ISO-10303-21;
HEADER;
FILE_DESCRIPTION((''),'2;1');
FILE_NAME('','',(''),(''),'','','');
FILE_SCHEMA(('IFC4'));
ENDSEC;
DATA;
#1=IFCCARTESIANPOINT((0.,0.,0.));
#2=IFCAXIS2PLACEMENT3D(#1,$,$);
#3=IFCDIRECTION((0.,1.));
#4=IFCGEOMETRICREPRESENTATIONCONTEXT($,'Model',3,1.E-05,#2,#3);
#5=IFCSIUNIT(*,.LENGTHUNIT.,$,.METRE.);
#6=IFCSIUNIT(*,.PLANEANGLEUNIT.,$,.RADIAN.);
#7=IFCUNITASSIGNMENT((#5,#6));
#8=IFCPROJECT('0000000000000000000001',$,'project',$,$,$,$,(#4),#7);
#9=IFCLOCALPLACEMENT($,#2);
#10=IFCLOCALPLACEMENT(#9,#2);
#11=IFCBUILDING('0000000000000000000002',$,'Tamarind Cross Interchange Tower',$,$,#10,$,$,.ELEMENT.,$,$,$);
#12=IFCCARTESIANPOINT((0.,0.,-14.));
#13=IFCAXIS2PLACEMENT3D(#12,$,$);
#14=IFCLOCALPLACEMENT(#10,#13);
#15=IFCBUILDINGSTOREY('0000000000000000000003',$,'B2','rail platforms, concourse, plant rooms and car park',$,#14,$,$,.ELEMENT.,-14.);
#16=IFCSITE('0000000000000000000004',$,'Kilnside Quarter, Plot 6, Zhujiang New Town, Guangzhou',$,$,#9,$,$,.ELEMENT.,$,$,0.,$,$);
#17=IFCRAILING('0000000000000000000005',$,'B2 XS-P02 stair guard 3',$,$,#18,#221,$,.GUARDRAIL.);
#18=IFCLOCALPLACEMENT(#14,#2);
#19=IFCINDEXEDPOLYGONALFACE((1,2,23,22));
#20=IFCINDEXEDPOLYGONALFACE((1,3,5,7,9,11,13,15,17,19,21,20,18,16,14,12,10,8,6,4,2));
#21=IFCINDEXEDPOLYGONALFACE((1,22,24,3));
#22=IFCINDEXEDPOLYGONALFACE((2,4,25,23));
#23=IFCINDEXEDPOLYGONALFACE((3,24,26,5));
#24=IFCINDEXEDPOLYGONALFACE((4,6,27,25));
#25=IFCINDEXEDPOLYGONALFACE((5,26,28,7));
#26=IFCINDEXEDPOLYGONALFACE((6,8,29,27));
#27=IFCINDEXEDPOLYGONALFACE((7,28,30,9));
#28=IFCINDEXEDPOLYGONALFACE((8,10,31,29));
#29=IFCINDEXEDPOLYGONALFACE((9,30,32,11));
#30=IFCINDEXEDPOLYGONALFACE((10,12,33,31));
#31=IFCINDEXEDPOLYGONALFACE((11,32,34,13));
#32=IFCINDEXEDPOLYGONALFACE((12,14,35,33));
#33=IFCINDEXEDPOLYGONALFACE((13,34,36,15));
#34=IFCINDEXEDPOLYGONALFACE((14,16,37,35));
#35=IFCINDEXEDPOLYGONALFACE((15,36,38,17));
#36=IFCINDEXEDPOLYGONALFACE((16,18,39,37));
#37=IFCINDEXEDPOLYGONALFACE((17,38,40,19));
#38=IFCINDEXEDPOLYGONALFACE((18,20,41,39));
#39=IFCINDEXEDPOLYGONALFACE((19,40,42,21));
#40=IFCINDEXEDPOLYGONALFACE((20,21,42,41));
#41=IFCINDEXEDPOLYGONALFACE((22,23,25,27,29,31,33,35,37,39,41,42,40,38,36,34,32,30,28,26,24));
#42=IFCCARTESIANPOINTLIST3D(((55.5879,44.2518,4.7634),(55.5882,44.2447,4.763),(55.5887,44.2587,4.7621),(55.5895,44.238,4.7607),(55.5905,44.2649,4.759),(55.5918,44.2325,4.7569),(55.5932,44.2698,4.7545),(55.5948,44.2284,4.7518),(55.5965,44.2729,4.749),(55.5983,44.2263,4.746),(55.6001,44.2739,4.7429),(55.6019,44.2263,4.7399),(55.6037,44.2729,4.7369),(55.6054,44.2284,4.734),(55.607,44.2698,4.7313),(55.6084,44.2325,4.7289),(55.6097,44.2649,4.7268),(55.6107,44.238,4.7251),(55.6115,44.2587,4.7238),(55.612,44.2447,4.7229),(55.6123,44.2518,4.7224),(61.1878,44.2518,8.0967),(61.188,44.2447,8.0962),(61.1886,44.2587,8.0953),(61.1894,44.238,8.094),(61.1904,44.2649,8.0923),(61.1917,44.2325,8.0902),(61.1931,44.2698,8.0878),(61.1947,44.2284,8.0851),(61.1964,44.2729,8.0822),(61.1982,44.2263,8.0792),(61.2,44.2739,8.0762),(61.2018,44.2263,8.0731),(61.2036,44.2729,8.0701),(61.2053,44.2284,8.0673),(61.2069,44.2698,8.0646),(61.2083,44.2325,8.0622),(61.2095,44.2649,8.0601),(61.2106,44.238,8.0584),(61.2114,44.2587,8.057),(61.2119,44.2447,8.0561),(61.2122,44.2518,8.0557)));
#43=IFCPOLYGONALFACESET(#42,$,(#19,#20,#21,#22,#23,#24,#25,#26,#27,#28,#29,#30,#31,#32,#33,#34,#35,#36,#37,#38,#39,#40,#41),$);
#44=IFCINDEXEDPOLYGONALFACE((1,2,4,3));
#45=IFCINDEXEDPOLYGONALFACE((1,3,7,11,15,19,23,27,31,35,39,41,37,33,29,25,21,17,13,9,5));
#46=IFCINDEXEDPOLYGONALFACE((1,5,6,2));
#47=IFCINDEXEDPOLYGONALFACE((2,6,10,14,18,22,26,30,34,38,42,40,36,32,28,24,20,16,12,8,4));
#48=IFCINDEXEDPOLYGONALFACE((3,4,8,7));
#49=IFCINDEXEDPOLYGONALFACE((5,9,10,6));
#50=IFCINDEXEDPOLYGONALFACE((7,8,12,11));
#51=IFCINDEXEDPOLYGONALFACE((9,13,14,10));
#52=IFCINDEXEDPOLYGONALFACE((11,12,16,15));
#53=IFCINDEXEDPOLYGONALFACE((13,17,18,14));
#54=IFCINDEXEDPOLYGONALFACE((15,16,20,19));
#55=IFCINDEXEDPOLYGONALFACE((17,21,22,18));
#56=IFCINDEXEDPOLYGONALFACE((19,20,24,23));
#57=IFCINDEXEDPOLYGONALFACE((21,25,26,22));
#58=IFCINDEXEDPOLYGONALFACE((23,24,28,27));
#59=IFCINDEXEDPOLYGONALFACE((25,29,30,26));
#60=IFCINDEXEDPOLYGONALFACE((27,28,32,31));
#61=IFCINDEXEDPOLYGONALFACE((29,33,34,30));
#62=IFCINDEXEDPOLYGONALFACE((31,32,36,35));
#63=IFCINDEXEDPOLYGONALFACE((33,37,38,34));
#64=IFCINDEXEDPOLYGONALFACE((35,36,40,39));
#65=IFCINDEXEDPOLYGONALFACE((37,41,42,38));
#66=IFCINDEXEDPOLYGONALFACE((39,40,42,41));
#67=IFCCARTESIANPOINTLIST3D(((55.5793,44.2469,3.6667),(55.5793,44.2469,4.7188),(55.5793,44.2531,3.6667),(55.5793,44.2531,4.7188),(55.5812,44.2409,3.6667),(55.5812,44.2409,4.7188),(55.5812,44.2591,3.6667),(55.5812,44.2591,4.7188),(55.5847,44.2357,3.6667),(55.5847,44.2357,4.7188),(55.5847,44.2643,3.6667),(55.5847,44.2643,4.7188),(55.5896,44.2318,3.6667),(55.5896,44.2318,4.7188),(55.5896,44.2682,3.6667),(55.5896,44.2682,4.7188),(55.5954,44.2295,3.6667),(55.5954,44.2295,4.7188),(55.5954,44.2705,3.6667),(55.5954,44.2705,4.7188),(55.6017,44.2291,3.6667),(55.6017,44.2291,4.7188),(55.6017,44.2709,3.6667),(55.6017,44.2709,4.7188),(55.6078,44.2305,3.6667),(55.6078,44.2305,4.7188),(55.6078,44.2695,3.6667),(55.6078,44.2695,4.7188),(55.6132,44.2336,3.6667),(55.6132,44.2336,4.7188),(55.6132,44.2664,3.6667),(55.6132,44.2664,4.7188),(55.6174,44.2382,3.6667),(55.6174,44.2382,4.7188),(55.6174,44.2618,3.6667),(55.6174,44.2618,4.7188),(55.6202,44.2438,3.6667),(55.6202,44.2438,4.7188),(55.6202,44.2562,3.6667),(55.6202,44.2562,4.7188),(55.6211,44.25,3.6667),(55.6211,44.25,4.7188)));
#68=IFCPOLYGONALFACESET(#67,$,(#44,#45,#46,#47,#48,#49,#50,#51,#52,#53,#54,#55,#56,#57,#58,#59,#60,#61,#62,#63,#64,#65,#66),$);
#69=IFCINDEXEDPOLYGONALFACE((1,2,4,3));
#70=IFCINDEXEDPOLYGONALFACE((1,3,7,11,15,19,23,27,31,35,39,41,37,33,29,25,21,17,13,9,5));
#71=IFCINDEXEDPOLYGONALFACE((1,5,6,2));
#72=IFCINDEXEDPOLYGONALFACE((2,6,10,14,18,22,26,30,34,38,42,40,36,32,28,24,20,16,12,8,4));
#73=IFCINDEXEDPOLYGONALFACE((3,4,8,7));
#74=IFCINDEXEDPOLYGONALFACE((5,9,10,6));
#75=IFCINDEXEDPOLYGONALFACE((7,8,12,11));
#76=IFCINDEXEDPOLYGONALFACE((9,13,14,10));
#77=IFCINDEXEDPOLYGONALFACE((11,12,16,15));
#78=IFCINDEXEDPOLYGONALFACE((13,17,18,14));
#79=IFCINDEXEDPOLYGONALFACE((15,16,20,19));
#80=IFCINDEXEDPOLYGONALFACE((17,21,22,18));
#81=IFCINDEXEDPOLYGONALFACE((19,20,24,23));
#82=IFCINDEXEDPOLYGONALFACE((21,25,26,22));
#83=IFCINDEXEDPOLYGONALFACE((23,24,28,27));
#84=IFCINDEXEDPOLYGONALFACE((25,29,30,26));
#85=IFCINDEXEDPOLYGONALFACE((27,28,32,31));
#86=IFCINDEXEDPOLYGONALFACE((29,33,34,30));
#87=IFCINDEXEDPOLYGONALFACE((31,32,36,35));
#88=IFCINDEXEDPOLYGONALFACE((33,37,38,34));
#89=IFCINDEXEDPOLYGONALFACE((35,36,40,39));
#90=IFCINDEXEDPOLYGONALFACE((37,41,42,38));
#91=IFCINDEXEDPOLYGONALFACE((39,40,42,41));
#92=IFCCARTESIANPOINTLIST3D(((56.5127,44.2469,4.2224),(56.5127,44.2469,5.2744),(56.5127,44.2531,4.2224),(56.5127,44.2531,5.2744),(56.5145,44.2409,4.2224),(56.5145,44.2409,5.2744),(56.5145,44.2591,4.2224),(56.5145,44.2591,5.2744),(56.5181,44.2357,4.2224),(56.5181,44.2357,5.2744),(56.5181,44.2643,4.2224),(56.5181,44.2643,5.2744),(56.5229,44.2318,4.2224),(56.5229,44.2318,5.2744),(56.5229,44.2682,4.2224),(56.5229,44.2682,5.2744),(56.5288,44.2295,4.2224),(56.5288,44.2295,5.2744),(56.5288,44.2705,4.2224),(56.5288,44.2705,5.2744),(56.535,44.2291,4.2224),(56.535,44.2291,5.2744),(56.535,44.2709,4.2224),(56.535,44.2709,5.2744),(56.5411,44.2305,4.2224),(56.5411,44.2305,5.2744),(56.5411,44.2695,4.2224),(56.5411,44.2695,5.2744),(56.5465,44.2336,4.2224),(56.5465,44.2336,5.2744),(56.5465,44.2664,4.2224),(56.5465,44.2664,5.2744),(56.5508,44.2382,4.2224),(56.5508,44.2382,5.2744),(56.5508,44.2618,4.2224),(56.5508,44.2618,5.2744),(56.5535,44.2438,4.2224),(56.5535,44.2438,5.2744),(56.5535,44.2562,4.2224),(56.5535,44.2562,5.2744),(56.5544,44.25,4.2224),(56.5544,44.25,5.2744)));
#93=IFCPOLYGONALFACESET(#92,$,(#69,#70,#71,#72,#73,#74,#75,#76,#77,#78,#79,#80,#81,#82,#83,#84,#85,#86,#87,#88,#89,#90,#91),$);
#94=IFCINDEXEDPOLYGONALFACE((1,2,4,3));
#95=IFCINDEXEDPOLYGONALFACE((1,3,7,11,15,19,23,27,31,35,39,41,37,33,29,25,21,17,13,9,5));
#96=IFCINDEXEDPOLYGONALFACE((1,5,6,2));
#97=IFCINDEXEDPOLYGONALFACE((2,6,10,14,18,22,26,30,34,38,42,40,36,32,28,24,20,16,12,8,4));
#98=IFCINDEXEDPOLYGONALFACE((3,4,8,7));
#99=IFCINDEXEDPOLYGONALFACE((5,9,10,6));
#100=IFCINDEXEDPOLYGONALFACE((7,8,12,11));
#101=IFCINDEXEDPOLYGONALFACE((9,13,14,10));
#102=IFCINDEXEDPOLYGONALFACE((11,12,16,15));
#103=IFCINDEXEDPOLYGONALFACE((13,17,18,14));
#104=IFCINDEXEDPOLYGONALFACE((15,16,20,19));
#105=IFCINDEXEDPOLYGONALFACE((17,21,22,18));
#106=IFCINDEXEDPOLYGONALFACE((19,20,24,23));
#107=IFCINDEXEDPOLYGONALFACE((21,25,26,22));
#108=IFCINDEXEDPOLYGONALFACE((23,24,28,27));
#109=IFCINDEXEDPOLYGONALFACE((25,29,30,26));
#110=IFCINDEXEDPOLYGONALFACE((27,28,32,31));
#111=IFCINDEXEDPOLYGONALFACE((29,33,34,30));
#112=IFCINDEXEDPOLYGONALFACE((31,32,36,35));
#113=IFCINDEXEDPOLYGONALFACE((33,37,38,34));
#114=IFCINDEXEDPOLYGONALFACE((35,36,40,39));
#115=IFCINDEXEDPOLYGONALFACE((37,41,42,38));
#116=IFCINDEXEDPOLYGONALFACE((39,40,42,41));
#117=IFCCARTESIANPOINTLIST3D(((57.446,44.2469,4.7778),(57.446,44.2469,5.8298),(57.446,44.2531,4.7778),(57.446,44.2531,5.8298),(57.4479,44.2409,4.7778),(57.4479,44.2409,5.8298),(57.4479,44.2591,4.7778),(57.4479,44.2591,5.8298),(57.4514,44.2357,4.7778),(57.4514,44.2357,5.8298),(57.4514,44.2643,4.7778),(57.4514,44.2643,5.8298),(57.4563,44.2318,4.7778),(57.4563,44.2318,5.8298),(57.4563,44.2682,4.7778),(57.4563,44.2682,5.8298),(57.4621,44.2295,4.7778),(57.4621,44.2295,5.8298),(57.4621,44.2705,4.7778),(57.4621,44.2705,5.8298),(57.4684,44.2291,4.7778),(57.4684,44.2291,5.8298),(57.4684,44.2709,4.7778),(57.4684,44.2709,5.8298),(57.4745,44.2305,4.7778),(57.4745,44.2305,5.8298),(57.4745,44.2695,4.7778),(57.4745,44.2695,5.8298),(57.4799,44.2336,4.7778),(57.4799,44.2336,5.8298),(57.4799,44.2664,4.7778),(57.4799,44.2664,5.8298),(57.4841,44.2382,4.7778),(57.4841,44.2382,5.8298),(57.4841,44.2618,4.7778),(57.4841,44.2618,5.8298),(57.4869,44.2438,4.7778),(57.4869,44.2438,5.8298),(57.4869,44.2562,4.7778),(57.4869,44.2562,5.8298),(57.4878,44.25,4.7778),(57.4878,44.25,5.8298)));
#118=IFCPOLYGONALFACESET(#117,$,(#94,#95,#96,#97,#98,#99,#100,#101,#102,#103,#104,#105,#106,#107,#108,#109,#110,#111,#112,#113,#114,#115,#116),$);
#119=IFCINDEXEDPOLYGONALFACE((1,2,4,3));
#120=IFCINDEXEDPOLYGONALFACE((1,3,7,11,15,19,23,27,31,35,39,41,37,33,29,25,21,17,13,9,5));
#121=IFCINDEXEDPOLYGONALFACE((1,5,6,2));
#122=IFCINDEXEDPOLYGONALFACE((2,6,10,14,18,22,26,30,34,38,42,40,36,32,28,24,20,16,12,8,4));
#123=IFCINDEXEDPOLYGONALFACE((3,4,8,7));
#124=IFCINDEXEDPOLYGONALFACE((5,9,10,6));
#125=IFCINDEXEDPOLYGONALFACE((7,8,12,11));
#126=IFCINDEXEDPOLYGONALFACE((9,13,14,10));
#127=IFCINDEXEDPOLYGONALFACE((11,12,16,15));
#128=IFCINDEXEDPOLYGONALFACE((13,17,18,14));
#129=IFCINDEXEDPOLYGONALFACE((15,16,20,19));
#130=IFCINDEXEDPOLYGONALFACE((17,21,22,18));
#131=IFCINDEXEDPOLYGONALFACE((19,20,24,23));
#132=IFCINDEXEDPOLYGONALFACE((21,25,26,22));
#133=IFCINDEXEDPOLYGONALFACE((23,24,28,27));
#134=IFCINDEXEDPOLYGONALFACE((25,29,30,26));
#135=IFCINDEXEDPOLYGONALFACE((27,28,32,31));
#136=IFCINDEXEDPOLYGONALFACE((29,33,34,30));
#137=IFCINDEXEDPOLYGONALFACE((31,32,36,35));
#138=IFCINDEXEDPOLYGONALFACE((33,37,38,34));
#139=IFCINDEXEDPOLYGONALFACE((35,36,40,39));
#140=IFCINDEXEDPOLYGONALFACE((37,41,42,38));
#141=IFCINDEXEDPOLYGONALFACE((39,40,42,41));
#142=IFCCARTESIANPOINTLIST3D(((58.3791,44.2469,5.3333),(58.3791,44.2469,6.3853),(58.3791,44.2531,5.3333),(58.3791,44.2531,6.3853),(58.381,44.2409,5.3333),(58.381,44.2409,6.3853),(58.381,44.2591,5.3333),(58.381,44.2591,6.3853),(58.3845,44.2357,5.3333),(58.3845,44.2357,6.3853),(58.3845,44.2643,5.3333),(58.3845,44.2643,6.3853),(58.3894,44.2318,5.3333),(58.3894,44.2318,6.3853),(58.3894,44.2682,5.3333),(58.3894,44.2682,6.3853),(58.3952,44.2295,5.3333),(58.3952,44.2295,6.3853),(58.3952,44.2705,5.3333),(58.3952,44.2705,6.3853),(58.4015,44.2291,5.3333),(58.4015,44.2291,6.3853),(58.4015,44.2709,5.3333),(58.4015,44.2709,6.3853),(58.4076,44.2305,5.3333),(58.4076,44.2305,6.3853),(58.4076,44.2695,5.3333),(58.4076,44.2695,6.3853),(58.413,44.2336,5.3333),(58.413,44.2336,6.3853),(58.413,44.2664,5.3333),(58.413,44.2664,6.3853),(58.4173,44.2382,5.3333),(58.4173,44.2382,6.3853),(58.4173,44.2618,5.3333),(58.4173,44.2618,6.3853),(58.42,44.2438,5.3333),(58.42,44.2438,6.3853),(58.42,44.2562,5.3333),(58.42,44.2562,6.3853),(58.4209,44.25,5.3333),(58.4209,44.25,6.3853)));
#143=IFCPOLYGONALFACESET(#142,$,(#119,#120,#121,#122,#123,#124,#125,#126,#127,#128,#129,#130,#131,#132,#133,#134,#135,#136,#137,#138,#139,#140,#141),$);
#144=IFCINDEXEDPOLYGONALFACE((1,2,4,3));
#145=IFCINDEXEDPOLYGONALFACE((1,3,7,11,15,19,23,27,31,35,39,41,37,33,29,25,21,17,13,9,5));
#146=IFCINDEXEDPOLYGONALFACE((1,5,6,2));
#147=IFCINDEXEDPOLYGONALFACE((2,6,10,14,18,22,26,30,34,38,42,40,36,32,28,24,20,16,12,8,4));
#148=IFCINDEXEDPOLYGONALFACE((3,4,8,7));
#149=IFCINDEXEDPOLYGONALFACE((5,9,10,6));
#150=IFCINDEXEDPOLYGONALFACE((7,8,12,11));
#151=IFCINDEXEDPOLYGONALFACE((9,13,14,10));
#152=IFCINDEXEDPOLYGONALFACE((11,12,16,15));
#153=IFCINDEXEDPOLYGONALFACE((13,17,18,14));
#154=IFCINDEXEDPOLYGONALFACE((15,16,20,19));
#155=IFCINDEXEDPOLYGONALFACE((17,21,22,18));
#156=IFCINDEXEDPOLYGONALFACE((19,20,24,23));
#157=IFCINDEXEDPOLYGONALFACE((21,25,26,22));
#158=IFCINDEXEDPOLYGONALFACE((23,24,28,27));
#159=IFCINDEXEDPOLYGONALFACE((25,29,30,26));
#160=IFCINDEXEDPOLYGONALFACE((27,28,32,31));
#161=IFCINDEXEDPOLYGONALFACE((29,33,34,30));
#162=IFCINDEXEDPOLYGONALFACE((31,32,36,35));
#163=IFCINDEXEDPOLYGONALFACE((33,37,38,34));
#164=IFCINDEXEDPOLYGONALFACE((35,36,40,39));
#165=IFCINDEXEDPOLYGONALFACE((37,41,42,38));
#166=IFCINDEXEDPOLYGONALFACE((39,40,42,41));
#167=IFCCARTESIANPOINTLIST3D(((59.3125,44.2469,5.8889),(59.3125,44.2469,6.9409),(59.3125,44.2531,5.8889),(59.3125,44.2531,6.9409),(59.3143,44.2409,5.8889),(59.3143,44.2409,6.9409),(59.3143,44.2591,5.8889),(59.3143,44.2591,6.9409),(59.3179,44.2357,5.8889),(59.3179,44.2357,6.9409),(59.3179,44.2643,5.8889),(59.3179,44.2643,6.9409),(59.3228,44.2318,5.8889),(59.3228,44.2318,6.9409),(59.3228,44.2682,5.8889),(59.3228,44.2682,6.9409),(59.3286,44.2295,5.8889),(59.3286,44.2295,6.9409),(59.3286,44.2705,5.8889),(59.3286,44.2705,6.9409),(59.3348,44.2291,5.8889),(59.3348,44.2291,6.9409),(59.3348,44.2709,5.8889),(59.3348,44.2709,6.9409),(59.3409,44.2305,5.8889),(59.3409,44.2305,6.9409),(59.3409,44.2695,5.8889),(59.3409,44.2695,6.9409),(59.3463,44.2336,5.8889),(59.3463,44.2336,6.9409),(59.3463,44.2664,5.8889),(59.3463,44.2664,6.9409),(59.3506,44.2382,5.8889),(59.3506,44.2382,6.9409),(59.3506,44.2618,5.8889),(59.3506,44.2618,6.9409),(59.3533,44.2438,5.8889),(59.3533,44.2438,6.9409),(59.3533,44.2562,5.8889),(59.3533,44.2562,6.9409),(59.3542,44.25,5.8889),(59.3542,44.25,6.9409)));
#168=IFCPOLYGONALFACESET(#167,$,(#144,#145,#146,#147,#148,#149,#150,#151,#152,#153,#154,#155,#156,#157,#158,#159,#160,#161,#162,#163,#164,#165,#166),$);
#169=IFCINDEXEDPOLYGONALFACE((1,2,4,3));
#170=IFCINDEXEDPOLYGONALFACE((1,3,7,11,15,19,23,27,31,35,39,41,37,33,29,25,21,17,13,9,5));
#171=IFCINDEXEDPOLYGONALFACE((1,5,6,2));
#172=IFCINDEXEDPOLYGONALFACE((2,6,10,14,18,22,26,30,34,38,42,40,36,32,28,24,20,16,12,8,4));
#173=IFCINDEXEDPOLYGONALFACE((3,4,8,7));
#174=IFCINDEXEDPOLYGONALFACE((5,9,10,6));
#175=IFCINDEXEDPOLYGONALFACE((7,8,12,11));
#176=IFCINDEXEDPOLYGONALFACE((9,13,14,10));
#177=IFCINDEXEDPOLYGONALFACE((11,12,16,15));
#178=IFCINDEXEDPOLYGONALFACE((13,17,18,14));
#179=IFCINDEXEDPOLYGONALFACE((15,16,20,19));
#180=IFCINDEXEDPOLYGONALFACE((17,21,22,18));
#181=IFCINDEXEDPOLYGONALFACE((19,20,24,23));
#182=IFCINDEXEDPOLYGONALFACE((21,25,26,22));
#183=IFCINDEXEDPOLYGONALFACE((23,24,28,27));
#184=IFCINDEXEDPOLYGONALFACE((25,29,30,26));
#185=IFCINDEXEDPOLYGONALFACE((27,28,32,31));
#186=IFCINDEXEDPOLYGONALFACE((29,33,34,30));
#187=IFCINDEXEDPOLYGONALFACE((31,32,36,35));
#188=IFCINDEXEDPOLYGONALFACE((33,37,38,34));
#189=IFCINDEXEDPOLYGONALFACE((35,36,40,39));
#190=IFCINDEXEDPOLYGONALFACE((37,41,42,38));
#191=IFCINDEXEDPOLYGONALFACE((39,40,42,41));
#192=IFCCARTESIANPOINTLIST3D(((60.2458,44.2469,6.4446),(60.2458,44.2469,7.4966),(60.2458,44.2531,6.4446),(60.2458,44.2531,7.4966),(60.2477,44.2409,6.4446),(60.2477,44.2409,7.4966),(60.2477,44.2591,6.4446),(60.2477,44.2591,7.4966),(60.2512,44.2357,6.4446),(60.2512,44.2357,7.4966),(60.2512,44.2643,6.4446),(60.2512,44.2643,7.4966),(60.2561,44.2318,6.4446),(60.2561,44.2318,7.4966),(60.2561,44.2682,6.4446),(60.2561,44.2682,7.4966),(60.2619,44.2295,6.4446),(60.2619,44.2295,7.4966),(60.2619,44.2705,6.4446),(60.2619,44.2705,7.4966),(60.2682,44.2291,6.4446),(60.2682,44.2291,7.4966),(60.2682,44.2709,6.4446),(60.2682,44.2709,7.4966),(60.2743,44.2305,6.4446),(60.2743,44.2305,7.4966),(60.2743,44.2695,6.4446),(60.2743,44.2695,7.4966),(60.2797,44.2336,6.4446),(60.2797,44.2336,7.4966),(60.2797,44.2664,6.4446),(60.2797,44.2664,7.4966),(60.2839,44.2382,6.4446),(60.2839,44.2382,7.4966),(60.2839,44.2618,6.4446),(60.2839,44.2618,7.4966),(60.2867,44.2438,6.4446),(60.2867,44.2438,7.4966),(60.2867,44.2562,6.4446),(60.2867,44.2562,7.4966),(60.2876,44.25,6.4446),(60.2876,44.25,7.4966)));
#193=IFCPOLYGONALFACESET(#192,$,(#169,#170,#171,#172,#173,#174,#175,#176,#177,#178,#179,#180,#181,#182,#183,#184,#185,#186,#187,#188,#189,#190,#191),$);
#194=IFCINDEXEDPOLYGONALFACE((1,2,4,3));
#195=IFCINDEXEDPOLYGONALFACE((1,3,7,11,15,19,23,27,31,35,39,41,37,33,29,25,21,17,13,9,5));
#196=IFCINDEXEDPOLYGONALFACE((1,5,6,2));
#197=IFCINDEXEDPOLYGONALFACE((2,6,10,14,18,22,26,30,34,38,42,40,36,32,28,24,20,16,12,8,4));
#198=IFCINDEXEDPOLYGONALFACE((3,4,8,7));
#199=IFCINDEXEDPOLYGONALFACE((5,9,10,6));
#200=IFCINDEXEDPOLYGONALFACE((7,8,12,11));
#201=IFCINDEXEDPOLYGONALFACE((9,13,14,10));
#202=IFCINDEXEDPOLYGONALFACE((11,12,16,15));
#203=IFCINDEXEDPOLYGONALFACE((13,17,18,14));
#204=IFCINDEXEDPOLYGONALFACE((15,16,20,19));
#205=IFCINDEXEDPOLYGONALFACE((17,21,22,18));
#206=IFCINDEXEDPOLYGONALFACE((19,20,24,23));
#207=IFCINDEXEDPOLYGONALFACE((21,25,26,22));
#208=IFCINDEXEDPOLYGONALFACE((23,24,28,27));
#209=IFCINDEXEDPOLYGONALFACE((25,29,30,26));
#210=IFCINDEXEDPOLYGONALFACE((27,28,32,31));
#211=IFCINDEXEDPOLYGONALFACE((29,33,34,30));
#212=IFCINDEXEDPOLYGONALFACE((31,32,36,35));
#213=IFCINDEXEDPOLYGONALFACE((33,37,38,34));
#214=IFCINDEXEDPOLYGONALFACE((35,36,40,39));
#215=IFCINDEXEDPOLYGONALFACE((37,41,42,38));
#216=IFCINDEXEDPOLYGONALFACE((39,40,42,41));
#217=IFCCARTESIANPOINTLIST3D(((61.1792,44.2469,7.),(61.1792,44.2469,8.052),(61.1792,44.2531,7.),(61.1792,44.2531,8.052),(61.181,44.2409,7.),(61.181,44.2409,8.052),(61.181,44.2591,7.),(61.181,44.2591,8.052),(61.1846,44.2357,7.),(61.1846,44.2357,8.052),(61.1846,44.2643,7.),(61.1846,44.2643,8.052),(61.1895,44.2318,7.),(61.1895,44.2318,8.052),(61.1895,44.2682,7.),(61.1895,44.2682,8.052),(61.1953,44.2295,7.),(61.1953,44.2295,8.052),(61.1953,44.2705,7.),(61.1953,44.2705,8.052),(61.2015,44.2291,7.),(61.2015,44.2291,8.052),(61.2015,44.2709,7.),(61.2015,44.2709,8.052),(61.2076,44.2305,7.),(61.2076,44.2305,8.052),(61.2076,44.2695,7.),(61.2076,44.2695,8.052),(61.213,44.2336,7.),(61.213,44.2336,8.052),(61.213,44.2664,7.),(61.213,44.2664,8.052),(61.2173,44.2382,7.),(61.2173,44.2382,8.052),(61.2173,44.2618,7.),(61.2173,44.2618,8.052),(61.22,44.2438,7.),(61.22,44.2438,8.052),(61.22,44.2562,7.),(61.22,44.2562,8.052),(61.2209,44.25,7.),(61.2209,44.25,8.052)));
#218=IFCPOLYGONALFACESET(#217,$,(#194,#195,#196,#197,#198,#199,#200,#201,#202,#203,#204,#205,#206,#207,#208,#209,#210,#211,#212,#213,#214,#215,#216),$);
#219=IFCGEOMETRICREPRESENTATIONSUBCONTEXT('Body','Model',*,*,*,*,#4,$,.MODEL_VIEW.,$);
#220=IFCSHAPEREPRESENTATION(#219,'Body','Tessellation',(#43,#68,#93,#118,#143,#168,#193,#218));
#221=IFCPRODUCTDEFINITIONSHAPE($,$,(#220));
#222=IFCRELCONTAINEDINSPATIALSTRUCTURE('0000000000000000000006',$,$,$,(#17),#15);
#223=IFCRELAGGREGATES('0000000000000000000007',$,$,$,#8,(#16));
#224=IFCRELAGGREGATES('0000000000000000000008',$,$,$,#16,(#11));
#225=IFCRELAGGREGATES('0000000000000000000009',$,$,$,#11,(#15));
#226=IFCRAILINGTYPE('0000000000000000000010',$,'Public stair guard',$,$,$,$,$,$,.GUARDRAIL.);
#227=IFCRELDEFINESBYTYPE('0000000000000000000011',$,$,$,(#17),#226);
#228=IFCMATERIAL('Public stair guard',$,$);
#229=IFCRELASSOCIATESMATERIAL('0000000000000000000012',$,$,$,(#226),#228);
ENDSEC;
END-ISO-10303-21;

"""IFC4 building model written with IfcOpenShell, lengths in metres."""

from ifc_helpers import new_model, si_unit, direction, frame, origin, origin_2d, place, context, subcontext, project, spatial, circle, extrude, material, type_object, element, save


model = new_model("IFC4")

# Units and contexts
model_context = context("Model", 3, precision=1e-05, world=origin(), true_north=direction((0.0, 1.0)))
body_context = subcontext(model_context, "Body", "Model", "MODEL_VIEW")
ifc_project = project(units=[si_unit("LENGTHUNIT", "METRE"), si_unit("PLANEANGLEUNIT", "RADIAN")], contexts=[model_context])

# Site, building, storey
site_placement = place(None, origin())
site = spatial("IfcSite", under=ifc_project, at=site_placement, Name="Kilnside Quarter, Plot 6, Zhujiang New Town, Guangzhou", CompositionType="ELEMENT", RefElevation=0.0)
building_placement = place(site_placement, origin())
building = spatial("IfcBuilding", under=site, at=building_placement, Name="Tamarind Cross Interchange Tower", CompositionType="ELEMENT")
storey_placement = place(building_placement, frame((0.0, 0.0, -14.0)))
storey = spatial("IfcBuildingStorey", under=building, at=storey_placement, Name="B2", Description="rail platforms, concourse, plant rooms and car park", CompositionType="ELEMENT", Elevation=-14.0)

# Railing
ifc_material_1 = material(Name="Public stair guard")
railing_type_1 = type_object("IfcRailingType", Name="Public stair guard", PredefinedType="GUARDRAIL", material=ifc_material_1)
railing_1_placement = place(storey_placement, frame((55.6001, 44.25, 3.6667)))
element("IfcRailing", 1, at=railing_1_placement, inside=storey, type_object=railing_type_1, Name="B2 XS-P02 stair guard 3", PredefinedType="GUARDRAIL", context=body_context, shape_type="SweptSolid", body=[
    extrude(circle(Radius=0.0239, at=origin_2d()), frame((0.0, 0.0, 1.0762), z_axis=(0.859292, 0.0, 0.511485), x_axis=(0.0, 1.0, 0.0)), (0.0, 0.0, 1.0), 6.5168),
    extrude(circle(Radius=0.021, at=origin_2d()), origin(), (0.0, 0.0, 1.0), 1.052),
    extrude(circle(Radius=0.021, at=origin_2d()), frame((0.9333, 0.0, 0.5557)), (0.0, 0.0, 1.0), 1.052),
    extrude(circle(Radius=0.021, at=origin_2d()), frame((1.8667, 0.0, 1.1111)), (0.0, 0.0, 1.0), 1.052),
    extrude(circle(Radius=0.021, at=origin_2d()), frame((2.7998, 0.0, 1.6665)), (0.0, 0.0, 1.0), 1.052),
    extrude(circle(Radius=0.021, at=origin_2d()), frame((3.7332, 0.0, 2.2222)), (0.0, 0.0, 1.0), 1.052),
    extrude(circle(Radius=0.021, at=origin_2d()), frame((4.6665, 0.0, 2.7778)), (0.0, 0.0, 1.0), 1.052),
    extrude(circle(Radius=0.021, at=origin_2d()), frame((5.5999, 0.0, 3.3333)), (0.0, 0.0, 1.0), 1.052),
])

save(model, "model.ifc")
